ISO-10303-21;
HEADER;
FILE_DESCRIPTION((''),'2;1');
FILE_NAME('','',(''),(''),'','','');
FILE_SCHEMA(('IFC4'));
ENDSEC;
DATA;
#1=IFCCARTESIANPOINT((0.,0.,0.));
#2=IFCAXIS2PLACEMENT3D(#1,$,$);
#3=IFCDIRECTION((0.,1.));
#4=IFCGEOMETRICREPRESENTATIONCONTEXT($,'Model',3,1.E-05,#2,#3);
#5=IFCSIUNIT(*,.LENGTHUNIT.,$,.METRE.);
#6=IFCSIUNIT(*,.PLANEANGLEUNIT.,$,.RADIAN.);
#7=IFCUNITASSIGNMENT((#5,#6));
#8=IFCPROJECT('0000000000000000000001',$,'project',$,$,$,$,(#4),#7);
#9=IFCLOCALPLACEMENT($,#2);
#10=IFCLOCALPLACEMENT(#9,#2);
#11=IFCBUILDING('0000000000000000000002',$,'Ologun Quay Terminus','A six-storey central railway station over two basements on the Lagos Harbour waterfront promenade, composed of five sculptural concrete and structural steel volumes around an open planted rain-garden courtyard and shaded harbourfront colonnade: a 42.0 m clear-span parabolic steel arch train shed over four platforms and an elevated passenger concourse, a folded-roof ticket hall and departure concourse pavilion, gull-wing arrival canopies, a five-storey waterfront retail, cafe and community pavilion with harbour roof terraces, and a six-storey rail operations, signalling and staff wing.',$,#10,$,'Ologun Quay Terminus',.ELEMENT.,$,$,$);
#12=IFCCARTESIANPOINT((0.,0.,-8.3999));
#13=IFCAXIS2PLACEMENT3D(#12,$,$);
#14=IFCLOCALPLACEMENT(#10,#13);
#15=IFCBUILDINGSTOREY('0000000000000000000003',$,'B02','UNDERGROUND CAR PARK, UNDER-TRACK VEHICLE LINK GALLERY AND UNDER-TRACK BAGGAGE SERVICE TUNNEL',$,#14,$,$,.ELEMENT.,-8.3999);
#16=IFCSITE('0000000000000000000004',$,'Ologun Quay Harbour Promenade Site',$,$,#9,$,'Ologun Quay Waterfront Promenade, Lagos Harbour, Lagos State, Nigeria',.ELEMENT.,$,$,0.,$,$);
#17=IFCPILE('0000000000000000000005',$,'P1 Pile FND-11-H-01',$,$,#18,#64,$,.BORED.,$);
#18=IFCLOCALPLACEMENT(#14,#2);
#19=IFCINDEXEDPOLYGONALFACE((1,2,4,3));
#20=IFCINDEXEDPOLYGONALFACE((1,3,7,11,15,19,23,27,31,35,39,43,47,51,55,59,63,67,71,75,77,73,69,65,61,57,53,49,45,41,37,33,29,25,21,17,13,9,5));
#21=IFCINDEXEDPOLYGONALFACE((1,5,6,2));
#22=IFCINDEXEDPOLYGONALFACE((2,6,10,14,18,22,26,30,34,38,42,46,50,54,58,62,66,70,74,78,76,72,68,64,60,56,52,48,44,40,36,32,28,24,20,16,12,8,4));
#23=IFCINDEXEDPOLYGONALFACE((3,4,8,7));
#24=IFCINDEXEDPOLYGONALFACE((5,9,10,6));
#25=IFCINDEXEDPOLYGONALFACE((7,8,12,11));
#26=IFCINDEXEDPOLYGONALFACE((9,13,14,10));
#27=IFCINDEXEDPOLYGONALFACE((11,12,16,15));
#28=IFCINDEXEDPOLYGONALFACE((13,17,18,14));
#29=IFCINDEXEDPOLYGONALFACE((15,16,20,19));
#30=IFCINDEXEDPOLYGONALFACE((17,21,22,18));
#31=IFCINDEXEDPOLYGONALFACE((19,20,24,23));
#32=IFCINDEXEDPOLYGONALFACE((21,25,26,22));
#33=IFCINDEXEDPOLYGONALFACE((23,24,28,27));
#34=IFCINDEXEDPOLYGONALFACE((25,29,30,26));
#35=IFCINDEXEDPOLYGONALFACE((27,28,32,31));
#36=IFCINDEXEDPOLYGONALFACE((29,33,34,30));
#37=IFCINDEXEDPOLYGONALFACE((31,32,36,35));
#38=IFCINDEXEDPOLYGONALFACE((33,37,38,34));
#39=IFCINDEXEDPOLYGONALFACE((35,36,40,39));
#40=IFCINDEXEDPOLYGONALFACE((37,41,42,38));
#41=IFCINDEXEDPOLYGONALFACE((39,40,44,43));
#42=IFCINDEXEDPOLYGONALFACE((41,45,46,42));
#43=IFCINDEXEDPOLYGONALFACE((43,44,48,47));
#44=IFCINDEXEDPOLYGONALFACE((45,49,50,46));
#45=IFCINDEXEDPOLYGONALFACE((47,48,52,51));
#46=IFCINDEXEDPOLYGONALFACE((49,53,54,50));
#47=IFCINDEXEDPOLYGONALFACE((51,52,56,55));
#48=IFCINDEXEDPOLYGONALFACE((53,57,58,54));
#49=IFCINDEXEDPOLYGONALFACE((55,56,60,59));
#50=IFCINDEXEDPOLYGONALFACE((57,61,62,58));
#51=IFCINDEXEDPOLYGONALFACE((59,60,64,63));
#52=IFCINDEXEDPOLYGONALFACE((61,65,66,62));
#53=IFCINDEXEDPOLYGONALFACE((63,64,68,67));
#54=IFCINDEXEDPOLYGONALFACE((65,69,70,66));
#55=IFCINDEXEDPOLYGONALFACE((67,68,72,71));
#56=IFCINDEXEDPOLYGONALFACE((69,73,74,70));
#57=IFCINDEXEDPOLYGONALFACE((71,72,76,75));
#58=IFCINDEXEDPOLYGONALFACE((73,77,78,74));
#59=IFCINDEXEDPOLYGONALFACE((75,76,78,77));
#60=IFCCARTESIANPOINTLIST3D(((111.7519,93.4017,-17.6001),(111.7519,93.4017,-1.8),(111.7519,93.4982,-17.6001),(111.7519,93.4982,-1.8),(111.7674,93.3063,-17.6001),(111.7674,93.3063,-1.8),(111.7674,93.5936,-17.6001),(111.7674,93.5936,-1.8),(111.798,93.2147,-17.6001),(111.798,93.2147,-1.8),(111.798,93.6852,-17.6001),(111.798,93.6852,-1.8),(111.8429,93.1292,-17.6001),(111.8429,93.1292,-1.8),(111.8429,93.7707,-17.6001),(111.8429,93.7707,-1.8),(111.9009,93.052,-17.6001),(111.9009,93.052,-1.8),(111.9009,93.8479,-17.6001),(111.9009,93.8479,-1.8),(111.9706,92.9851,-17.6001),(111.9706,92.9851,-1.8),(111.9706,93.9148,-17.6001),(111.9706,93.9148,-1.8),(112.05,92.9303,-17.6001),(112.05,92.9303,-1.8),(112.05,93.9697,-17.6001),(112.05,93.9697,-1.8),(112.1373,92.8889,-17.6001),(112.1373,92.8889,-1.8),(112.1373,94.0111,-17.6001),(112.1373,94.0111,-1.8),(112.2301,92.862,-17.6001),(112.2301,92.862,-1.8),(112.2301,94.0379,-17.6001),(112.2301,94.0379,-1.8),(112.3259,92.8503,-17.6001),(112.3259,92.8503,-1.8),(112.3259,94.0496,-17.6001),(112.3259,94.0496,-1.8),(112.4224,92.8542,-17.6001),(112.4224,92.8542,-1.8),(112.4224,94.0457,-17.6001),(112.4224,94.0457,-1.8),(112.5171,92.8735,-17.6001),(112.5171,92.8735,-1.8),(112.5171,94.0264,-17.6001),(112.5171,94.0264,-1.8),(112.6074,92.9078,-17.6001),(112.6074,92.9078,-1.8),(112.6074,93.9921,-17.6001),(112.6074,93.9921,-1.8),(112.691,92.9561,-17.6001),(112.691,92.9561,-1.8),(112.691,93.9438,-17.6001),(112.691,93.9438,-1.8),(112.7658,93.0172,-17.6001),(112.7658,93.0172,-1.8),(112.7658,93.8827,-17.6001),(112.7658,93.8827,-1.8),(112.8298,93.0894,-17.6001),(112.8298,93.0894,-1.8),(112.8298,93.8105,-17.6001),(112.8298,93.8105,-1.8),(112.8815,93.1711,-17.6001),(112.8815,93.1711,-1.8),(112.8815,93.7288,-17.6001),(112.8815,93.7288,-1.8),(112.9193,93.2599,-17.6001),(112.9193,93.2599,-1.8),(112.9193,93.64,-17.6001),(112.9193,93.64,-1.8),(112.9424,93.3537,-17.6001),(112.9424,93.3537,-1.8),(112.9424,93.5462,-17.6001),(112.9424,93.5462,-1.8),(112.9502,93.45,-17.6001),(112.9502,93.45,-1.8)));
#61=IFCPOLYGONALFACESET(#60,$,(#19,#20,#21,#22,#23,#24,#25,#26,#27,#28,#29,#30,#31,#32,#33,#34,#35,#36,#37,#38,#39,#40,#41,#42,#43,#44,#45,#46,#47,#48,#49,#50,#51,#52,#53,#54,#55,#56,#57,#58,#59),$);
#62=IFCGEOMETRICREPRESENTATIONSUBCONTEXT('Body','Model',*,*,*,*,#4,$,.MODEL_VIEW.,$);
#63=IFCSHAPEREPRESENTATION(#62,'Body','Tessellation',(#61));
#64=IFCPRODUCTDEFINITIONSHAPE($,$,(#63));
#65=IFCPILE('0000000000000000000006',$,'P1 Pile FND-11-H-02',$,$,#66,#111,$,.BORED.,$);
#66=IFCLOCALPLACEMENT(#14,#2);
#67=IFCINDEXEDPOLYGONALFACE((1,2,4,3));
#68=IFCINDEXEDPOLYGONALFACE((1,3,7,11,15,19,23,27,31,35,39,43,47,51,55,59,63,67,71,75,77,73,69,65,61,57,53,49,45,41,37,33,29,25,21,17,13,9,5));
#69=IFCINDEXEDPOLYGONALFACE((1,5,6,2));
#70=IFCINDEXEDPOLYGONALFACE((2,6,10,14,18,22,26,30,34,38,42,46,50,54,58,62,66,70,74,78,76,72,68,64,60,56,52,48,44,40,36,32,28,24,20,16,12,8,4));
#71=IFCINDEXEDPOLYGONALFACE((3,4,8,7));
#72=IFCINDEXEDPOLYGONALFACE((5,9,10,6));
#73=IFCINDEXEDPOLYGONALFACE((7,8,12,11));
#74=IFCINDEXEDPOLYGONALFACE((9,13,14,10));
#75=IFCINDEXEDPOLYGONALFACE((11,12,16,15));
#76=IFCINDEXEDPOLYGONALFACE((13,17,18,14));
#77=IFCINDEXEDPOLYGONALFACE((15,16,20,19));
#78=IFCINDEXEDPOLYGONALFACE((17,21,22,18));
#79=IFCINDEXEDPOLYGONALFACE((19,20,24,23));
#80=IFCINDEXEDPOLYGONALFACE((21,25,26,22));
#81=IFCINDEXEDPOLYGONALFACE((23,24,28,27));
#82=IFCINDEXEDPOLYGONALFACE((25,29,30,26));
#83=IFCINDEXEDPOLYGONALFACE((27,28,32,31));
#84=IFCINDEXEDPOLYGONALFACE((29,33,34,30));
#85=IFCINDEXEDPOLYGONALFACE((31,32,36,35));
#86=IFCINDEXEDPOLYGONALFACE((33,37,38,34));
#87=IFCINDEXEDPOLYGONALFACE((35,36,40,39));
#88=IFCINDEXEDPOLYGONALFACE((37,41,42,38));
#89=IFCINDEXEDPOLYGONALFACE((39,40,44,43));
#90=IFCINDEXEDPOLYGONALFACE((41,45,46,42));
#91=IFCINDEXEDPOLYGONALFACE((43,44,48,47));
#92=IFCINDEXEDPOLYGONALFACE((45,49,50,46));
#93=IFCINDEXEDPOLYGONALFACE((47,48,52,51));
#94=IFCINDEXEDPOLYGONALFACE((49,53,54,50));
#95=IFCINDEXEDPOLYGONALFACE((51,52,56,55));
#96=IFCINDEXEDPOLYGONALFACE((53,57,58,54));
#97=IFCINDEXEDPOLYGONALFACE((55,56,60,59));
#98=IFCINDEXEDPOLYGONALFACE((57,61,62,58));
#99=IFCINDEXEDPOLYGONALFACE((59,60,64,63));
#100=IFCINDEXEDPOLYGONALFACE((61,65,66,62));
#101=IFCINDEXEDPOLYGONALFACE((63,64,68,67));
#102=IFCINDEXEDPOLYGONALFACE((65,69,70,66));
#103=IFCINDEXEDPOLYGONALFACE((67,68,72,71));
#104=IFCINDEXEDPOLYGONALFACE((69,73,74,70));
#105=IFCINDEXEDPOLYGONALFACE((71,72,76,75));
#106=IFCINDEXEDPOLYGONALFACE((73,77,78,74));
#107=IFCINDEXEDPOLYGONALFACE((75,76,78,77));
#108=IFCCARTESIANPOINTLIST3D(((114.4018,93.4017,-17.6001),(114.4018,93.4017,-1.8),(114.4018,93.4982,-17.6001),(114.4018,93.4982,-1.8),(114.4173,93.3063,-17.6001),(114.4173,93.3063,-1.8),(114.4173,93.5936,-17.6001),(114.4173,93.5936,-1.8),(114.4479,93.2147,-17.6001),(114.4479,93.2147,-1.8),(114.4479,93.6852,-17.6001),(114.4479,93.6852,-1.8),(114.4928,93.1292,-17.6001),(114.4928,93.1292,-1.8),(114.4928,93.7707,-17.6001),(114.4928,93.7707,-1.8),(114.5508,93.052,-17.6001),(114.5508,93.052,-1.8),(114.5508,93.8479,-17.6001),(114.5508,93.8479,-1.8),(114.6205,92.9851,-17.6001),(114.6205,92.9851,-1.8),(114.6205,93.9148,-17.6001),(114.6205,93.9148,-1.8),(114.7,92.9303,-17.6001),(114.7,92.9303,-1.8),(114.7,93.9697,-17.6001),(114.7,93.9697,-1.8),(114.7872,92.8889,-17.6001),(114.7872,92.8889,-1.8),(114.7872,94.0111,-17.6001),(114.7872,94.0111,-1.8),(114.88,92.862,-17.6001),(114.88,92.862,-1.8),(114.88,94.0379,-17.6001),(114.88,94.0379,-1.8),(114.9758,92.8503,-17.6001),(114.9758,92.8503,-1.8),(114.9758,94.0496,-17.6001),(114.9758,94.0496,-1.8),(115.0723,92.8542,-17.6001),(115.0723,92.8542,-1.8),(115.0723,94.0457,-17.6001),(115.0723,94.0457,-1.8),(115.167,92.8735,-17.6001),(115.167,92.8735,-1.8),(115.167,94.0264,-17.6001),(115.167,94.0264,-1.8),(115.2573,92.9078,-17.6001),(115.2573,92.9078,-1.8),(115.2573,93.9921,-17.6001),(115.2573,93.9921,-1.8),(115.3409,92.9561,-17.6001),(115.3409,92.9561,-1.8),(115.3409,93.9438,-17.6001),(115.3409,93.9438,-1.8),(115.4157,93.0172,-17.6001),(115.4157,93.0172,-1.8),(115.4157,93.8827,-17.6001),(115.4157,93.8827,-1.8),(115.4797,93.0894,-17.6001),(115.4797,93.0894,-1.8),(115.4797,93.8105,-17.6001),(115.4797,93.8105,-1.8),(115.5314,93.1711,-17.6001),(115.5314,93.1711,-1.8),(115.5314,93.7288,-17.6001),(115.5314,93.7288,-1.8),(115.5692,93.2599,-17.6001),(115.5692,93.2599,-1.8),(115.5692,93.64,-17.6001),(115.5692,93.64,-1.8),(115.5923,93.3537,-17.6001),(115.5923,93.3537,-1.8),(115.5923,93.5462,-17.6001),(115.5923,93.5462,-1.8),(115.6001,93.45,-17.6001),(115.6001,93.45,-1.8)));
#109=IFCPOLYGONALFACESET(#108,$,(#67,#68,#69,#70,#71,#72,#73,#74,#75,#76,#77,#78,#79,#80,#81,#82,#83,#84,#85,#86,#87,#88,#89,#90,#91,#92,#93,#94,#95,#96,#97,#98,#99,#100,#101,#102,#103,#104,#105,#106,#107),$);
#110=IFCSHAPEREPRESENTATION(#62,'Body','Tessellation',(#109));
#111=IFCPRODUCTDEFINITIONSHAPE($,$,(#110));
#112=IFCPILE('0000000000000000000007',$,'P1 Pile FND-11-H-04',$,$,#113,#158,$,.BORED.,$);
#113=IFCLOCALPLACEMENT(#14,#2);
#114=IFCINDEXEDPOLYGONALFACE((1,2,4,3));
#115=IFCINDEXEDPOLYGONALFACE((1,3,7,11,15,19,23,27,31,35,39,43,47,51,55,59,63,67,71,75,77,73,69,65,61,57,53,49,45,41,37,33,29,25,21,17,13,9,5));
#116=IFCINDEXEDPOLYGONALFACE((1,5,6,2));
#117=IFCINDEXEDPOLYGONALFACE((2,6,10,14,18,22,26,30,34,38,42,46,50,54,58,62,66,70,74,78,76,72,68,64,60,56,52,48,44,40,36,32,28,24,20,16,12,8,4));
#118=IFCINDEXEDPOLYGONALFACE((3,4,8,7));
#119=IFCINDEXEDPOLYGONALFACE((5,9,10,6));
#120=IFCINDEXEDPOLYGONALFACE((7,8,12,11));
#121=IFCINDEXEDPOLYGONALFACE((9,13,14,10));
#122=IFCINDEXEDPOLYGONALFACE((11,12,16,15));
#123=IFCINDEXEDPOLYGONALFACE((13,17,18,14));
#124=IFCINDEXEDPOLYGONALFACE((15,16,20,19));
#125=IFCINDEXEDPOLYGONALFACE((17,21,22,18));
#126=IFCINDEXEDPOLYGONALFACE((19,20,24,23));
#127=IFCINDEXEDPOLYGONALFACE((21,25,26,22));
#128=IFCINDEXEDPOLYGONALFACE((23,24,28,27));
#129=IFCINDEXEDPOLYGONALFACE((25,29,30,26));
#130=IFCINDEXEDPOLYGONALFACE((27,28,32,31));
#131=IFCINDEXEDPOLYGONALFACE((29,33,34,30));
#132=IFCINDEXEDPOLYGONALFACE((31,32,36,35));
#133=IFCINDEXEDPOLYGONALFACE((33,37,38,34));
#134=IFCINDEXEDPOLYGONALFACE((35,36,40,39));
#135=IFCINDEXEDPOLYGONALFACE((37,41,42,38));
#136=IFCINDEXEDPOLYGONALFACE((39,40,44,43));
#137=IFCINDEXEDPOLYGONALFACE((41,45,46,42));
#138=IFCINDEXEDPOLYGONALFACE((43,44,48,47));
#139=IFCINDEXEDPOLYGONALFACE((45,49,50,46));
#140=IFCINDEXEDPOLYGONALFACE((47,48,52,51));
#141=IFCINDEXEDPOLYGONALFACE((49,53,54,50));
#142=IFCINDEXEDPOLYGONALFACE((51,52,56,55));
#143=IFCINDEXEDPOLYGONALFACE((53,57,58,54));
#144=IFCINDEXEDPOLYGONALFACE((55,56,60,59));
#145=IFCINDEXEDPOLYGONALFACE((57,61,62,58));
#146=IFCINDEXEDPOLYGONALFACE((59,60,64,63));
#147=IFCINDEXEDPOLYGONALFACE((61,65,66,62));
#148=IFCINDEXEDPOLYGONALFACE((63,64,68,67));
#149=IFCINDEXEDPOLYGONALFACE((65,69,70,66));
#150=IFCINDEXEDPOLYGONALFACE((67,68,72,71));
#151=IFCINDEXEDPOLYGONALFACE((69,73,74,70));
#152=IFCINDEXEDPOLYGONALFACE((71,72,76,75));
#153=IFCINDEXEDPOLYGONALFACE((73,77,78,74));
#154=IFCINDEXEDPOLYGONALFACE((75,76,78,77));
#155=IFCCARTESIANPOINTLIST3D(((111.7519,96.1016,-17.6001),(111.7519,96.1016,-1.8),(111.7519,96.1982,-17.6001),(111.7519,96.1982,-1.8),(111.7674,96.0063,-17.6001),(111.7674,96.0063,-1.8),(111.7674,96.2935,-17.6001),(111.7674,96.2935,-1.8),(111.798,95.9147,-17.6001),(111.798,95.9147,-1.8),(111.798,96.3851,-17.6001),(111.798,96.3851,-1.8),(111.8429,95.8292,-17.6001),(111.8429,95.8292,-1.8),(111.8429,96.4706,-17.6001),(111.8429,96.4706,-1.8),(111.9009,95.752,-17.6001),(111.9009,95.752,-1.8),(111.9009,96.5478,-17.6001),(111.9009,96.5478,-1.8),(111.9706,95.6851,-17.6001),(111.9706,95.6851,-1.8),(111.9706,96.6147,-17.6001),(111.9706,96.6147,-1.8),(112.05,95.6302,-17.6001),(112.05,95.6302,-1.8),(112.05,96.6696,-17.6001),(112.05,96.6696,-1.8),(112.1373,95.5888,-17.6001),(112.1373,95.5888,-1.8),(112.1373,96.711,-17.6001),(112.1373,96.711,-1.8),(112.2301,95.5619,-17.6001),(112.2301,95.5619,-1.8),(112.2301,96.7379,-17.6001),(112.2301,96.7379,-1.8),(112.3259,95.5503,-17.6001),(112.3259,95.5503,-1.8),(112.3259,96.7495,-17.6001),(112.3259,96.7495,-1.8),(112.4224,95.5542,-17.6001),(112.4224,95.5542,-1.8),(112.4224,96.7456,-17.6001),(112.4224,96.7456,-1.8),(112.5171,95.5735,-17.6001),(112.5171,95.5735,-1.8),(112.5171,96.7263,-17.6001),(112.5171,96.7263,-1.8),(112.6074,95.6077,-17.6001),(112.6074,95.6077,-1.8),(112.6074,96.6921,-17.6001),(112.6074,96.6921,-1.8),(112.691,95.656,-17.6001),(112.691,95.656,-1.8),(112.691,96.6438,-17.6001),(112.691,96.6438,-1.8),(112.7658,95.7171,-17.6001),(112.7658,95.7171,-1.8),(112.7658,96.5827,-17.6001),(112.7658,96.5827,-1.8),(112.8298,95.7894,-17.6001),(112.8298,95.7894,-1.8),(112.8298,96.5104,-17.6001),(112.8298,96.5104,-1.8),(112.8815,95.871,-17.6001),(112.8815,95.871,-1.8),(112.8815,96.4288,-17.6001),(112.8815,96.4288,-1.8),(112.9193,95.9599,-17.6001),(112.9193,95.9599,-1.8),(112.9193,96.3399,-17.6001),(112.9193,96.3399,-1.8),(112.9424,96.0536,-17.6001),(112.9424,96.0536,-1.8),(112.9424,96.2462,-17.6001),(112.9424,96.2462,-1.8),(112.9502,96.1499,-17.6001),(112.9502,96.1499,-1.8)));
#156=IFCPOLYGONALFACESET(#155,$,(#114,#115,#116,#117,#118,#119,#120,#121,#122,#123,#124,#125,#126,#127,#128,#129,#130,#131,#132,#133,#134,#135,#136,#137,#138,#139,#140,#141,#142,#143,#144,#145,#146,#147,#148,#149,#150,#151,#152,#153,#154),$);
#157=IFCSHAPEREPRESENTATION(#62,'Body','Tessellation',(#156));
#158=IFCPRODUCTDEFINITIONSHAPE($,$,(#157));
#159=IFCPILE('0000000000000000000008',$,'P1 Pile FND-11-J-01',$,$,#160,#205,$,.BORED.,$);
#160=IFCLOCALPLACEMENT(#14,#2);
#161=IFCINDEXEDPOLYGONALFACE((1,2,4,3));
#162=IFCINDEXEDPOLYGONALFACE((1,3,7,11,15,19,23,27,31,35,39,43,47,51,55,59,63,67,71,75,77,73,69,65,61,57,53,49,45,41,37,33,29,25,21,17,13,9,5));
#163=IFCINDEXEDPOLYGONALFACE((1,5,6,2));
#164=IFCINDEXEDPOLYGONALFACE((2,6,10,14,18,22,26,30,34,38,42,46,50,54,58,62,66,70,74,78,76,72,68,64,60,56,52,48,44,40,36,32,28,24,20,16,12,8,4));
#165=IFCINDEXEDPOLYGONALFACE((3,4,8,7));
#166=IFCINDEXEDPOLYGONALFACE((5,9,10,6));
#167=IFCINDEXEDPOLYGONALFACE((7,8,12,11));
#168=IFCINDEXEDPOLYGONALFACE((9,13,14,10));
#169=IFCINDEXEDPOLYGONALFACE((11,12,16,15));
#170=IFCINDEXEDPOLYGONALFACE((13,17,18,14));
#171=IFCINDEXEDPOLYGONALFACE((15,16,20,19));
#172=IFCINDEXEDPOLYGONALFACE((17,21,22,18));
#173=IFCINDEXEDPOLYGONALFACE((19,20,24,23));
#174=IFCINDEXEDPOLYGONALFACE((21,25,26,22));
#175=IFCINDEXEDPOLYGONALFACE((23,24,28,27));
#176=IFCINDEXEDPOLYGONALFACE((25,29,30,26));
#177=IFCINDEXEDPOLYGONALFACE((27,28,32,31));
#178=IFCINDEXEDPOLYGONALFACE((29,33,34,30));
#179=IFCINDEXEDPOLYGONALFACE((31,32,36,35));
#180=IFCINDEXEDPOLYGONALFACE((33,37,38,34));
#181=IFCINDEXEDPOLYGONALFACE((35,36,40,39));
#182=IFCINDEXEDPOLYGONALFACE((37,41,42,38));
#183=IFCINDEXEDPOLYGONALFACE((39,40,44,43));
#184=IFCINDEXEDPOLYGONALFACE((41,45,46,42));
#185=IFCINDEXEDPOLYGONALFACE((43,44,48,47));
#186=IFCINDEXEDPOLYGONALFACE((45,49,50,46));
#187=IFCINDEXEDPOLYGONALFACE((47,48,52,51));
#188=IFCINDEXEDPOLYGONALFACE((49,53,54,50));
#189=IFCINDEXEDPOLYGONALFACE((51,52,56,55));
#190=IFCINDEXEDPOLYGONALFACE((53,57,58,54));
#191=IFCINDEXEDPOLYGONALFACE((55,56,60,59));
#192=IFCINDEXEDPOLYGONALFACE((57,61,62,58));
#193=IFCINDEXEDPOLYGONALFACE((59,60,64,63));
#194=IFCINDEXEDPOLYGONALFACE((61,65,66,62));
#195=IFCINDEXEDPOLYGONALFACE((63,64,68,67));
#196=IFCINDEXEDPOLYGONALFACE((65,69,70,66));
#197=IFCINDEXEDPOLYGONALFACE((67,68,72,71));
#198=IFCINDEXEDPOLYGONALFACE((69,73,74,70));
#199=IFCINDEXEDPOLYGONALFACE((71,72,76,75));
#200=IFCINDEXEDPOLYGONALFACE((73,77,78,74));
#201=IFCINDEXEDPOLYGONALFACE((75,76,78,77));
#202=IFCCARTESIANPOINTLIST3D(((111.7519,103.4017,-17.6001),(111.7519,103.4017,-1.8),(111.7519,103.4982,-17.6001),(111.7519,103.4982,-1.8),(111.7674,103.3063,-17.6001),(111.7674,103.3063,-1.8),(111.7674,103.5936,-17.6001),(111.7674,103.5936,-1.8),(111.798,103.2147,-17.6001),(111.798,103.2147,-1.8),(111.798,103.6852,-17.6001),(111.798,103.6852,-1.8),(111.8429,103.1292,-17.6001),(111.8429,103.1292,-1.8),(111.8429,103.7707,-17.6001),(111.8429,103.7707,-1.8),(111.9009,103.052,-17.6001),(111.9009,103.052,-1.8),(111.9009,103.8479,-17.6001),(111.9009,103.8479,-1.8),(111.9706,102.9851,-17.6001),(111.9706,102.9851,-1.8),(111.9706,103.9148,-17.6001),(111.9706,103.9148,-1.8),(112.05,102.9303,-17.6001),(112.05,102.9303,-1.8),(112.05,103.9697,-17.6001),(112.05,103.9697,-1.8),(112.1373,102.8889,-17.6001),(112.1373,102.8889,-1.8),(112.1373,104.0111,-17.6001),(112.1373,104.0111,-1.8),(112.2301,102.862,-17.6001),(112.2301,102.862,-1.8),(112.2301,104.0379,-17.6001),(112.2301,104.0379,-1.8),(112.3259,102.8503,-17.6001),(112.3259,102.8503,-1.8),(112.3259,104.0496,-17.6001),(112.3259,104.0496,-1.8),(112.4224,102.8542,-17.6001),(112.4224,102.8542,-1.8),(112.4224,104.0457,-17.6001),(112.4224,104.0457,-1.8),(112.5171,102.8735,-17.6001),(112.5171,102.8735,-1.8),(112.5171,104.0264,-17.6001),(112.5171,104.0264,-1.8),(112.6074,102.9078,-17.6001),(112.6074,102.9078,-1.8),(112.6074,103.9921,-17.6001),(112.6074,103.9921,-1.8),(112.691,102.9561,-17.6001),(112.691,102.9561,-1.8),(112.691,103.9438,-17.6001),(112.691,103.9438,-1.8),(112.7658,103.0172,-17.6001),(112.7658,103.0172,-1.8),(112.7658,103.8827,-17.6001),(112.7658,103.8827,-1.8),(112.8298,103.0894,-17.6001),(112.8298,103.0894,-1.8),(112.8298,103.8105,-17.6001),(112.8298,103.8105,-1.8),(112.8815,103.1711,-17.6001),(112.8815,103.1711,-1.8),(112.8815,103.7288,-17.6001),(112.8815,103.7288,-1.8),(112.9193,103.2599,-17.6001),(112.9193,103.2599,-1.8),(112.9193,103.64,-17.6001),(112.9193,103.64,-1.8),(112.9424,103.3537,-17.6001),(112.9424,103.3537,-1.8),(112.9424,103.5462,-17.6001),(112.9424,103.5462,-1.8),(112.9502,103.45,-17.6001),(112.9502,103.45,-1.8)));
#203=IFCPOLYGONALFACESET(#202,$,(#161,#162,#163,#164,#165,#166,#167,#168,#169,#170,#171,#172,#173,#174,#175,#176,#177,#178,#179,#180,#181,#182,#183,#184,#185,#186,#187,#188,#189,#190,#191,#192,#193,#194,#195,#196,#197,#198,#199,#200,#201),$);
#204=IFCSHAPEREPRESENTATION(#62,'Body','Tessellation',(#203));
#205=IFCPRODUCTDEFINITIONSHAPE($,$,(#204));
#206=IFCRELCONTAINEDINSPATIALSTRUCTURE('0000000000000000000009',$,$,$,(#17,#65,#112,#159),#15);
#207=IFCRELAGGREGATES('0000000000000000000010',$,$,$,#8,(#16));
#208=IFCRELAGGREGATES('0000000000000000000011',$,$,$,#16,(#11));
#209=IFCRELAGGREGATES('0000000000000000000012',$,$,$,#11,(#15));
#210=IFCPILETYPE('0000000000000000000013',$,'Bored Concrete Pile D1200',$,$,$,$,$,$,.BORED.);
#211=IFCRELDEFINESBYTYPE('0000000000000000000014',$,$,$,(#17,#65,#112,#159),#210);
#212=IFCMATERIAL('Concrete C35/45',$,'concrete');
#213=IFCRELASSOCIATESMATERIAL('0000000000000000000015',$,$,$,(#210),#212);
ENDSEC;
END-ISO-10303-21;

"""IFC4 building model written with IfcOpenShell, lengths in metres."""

from ifc_helpers import new_model, si_unit, direction, frame, origin, origin_2d, place, context, subcontext, project, spatial, circle, extrude, material, material_profile, profile_set, type_object, element, save


model = new_model("IFC4")

# Units and contexts
model_context = context("Model", 3, precision=1e-05, world=origin(), true_north=direction((0.0, 1.0)))
body_context = subcontext(model_context, "Body", "Model", "MODEL_VIEW")
ifc_project = project(units=[si_unit("LENGTHUNIT", "METRE"), si_unit("PLANEANGLEUNIT", "RADIAN")], contexts=[model_context])

# Site, building, storey
site_placement = place(None, origin())
site = spatial("IfcSite", under=ifc_project, at=site_placement, Name="Ologun Quay Harbour Promenade Site", LongName="Ologun Quay Waterfront Promenade, Lagos Harbour, Lagos State, Nigeria", CompositionType="ELEMENT", RefElevation=0.0)
building_placement = place(site_placement, origin())
building = spatial("IfcBuilding", under=site, at=building_placement, Name="Ologun Quay Terminus", Description="A six-storey central railway station over two basements on the Lagos Harbour waterfront promenade, composed of five sculptural concrete and structural steel volumes around an open planted rain-garden courtyard and shaded harbourfront colonnade: a 42.0 m clear-span parabolic steel arch train shed over four platforms and an elevated passenger concourse, a folded-roof ticket hall and departure concourse pavilion, gull-wing arrival canopies, a five-storey waterfront retail, cafe and community pavilion with harbour roof terraces, and a six-storey rail operations, signalling and staff wing.", LongName="Ologun Quay Terminus", CompositionType="ELEMENT")
storey_placement = place(building_placement, frame((0.0, 0.0, -8.3999)))
storey = spatial("IfcBuildingStorey", under=building, at=storey_placement, Name="B02", Description="UNDERGROUND CAR PARK, UNDER-TRACK VEHICLE LINK GALLERY AND UNDER-TRACK BAGGAGE SERVICE TUNNEL", CompositionType="ELEMENT", Elevation=-8.3999)

# Piles
ifc_material_1 = material(Name="Concrete C35/45", Category="concrete")
ifc_material_profile_1 = material_profile(ifc_material_1, circle(Radius=0.6001, at=origin_2d()), Name="PILE D1200")
ifc_profile_set_1 = profile_set([ifc_material_profile_1], Name="Concrete C35/45")
pile_type = type_object("IfcPileType", Name="Bored Concrete Pile D1200", PredefinedType="BORED", material=ifc_profile_set_1)
for number, where, z_axis, x_axis, name in (
    (1, (112.3501, 93.45, -1.8), (0.0, 0.0, -1.0), (1.0, 0.0, 0.0), "P1 Pile FND-11-H-01"),
    (2, (115.0, 93.45, -1.8), (0.0, 0.0, -1.0), (1.0, 0.0, 0.0), "P1 Pile FND-11-H-02"),
    (3, (112.3501, 96.1499, -1.8), (0.0, 0.0, -1.0), (1.0, 0.0, 0.0), "P1 Pile FND-11-H-04"),
    (4, (112.3501, 103.45, -1.8), (0.0, 0.0, -1.0), (1.0, 0.0, 0.0), "P1 Pile FND-11-J-01"),
):
    element("IfcPile", number, at=place(storey_placement, frame(where, z_axis=z_axis, x_axis=x_axis)), inside=storey, type_object=pile_type, Name=name, PredefinedType="BORED", context=body_context, shape_type="SweptSolid", body=[
        extrude(circle(Radius=0.6001, at=origin_2d()), origin(), (0.0, 0.0, 1.0), 15.8),
    ])

save(model, "model.ifc")
